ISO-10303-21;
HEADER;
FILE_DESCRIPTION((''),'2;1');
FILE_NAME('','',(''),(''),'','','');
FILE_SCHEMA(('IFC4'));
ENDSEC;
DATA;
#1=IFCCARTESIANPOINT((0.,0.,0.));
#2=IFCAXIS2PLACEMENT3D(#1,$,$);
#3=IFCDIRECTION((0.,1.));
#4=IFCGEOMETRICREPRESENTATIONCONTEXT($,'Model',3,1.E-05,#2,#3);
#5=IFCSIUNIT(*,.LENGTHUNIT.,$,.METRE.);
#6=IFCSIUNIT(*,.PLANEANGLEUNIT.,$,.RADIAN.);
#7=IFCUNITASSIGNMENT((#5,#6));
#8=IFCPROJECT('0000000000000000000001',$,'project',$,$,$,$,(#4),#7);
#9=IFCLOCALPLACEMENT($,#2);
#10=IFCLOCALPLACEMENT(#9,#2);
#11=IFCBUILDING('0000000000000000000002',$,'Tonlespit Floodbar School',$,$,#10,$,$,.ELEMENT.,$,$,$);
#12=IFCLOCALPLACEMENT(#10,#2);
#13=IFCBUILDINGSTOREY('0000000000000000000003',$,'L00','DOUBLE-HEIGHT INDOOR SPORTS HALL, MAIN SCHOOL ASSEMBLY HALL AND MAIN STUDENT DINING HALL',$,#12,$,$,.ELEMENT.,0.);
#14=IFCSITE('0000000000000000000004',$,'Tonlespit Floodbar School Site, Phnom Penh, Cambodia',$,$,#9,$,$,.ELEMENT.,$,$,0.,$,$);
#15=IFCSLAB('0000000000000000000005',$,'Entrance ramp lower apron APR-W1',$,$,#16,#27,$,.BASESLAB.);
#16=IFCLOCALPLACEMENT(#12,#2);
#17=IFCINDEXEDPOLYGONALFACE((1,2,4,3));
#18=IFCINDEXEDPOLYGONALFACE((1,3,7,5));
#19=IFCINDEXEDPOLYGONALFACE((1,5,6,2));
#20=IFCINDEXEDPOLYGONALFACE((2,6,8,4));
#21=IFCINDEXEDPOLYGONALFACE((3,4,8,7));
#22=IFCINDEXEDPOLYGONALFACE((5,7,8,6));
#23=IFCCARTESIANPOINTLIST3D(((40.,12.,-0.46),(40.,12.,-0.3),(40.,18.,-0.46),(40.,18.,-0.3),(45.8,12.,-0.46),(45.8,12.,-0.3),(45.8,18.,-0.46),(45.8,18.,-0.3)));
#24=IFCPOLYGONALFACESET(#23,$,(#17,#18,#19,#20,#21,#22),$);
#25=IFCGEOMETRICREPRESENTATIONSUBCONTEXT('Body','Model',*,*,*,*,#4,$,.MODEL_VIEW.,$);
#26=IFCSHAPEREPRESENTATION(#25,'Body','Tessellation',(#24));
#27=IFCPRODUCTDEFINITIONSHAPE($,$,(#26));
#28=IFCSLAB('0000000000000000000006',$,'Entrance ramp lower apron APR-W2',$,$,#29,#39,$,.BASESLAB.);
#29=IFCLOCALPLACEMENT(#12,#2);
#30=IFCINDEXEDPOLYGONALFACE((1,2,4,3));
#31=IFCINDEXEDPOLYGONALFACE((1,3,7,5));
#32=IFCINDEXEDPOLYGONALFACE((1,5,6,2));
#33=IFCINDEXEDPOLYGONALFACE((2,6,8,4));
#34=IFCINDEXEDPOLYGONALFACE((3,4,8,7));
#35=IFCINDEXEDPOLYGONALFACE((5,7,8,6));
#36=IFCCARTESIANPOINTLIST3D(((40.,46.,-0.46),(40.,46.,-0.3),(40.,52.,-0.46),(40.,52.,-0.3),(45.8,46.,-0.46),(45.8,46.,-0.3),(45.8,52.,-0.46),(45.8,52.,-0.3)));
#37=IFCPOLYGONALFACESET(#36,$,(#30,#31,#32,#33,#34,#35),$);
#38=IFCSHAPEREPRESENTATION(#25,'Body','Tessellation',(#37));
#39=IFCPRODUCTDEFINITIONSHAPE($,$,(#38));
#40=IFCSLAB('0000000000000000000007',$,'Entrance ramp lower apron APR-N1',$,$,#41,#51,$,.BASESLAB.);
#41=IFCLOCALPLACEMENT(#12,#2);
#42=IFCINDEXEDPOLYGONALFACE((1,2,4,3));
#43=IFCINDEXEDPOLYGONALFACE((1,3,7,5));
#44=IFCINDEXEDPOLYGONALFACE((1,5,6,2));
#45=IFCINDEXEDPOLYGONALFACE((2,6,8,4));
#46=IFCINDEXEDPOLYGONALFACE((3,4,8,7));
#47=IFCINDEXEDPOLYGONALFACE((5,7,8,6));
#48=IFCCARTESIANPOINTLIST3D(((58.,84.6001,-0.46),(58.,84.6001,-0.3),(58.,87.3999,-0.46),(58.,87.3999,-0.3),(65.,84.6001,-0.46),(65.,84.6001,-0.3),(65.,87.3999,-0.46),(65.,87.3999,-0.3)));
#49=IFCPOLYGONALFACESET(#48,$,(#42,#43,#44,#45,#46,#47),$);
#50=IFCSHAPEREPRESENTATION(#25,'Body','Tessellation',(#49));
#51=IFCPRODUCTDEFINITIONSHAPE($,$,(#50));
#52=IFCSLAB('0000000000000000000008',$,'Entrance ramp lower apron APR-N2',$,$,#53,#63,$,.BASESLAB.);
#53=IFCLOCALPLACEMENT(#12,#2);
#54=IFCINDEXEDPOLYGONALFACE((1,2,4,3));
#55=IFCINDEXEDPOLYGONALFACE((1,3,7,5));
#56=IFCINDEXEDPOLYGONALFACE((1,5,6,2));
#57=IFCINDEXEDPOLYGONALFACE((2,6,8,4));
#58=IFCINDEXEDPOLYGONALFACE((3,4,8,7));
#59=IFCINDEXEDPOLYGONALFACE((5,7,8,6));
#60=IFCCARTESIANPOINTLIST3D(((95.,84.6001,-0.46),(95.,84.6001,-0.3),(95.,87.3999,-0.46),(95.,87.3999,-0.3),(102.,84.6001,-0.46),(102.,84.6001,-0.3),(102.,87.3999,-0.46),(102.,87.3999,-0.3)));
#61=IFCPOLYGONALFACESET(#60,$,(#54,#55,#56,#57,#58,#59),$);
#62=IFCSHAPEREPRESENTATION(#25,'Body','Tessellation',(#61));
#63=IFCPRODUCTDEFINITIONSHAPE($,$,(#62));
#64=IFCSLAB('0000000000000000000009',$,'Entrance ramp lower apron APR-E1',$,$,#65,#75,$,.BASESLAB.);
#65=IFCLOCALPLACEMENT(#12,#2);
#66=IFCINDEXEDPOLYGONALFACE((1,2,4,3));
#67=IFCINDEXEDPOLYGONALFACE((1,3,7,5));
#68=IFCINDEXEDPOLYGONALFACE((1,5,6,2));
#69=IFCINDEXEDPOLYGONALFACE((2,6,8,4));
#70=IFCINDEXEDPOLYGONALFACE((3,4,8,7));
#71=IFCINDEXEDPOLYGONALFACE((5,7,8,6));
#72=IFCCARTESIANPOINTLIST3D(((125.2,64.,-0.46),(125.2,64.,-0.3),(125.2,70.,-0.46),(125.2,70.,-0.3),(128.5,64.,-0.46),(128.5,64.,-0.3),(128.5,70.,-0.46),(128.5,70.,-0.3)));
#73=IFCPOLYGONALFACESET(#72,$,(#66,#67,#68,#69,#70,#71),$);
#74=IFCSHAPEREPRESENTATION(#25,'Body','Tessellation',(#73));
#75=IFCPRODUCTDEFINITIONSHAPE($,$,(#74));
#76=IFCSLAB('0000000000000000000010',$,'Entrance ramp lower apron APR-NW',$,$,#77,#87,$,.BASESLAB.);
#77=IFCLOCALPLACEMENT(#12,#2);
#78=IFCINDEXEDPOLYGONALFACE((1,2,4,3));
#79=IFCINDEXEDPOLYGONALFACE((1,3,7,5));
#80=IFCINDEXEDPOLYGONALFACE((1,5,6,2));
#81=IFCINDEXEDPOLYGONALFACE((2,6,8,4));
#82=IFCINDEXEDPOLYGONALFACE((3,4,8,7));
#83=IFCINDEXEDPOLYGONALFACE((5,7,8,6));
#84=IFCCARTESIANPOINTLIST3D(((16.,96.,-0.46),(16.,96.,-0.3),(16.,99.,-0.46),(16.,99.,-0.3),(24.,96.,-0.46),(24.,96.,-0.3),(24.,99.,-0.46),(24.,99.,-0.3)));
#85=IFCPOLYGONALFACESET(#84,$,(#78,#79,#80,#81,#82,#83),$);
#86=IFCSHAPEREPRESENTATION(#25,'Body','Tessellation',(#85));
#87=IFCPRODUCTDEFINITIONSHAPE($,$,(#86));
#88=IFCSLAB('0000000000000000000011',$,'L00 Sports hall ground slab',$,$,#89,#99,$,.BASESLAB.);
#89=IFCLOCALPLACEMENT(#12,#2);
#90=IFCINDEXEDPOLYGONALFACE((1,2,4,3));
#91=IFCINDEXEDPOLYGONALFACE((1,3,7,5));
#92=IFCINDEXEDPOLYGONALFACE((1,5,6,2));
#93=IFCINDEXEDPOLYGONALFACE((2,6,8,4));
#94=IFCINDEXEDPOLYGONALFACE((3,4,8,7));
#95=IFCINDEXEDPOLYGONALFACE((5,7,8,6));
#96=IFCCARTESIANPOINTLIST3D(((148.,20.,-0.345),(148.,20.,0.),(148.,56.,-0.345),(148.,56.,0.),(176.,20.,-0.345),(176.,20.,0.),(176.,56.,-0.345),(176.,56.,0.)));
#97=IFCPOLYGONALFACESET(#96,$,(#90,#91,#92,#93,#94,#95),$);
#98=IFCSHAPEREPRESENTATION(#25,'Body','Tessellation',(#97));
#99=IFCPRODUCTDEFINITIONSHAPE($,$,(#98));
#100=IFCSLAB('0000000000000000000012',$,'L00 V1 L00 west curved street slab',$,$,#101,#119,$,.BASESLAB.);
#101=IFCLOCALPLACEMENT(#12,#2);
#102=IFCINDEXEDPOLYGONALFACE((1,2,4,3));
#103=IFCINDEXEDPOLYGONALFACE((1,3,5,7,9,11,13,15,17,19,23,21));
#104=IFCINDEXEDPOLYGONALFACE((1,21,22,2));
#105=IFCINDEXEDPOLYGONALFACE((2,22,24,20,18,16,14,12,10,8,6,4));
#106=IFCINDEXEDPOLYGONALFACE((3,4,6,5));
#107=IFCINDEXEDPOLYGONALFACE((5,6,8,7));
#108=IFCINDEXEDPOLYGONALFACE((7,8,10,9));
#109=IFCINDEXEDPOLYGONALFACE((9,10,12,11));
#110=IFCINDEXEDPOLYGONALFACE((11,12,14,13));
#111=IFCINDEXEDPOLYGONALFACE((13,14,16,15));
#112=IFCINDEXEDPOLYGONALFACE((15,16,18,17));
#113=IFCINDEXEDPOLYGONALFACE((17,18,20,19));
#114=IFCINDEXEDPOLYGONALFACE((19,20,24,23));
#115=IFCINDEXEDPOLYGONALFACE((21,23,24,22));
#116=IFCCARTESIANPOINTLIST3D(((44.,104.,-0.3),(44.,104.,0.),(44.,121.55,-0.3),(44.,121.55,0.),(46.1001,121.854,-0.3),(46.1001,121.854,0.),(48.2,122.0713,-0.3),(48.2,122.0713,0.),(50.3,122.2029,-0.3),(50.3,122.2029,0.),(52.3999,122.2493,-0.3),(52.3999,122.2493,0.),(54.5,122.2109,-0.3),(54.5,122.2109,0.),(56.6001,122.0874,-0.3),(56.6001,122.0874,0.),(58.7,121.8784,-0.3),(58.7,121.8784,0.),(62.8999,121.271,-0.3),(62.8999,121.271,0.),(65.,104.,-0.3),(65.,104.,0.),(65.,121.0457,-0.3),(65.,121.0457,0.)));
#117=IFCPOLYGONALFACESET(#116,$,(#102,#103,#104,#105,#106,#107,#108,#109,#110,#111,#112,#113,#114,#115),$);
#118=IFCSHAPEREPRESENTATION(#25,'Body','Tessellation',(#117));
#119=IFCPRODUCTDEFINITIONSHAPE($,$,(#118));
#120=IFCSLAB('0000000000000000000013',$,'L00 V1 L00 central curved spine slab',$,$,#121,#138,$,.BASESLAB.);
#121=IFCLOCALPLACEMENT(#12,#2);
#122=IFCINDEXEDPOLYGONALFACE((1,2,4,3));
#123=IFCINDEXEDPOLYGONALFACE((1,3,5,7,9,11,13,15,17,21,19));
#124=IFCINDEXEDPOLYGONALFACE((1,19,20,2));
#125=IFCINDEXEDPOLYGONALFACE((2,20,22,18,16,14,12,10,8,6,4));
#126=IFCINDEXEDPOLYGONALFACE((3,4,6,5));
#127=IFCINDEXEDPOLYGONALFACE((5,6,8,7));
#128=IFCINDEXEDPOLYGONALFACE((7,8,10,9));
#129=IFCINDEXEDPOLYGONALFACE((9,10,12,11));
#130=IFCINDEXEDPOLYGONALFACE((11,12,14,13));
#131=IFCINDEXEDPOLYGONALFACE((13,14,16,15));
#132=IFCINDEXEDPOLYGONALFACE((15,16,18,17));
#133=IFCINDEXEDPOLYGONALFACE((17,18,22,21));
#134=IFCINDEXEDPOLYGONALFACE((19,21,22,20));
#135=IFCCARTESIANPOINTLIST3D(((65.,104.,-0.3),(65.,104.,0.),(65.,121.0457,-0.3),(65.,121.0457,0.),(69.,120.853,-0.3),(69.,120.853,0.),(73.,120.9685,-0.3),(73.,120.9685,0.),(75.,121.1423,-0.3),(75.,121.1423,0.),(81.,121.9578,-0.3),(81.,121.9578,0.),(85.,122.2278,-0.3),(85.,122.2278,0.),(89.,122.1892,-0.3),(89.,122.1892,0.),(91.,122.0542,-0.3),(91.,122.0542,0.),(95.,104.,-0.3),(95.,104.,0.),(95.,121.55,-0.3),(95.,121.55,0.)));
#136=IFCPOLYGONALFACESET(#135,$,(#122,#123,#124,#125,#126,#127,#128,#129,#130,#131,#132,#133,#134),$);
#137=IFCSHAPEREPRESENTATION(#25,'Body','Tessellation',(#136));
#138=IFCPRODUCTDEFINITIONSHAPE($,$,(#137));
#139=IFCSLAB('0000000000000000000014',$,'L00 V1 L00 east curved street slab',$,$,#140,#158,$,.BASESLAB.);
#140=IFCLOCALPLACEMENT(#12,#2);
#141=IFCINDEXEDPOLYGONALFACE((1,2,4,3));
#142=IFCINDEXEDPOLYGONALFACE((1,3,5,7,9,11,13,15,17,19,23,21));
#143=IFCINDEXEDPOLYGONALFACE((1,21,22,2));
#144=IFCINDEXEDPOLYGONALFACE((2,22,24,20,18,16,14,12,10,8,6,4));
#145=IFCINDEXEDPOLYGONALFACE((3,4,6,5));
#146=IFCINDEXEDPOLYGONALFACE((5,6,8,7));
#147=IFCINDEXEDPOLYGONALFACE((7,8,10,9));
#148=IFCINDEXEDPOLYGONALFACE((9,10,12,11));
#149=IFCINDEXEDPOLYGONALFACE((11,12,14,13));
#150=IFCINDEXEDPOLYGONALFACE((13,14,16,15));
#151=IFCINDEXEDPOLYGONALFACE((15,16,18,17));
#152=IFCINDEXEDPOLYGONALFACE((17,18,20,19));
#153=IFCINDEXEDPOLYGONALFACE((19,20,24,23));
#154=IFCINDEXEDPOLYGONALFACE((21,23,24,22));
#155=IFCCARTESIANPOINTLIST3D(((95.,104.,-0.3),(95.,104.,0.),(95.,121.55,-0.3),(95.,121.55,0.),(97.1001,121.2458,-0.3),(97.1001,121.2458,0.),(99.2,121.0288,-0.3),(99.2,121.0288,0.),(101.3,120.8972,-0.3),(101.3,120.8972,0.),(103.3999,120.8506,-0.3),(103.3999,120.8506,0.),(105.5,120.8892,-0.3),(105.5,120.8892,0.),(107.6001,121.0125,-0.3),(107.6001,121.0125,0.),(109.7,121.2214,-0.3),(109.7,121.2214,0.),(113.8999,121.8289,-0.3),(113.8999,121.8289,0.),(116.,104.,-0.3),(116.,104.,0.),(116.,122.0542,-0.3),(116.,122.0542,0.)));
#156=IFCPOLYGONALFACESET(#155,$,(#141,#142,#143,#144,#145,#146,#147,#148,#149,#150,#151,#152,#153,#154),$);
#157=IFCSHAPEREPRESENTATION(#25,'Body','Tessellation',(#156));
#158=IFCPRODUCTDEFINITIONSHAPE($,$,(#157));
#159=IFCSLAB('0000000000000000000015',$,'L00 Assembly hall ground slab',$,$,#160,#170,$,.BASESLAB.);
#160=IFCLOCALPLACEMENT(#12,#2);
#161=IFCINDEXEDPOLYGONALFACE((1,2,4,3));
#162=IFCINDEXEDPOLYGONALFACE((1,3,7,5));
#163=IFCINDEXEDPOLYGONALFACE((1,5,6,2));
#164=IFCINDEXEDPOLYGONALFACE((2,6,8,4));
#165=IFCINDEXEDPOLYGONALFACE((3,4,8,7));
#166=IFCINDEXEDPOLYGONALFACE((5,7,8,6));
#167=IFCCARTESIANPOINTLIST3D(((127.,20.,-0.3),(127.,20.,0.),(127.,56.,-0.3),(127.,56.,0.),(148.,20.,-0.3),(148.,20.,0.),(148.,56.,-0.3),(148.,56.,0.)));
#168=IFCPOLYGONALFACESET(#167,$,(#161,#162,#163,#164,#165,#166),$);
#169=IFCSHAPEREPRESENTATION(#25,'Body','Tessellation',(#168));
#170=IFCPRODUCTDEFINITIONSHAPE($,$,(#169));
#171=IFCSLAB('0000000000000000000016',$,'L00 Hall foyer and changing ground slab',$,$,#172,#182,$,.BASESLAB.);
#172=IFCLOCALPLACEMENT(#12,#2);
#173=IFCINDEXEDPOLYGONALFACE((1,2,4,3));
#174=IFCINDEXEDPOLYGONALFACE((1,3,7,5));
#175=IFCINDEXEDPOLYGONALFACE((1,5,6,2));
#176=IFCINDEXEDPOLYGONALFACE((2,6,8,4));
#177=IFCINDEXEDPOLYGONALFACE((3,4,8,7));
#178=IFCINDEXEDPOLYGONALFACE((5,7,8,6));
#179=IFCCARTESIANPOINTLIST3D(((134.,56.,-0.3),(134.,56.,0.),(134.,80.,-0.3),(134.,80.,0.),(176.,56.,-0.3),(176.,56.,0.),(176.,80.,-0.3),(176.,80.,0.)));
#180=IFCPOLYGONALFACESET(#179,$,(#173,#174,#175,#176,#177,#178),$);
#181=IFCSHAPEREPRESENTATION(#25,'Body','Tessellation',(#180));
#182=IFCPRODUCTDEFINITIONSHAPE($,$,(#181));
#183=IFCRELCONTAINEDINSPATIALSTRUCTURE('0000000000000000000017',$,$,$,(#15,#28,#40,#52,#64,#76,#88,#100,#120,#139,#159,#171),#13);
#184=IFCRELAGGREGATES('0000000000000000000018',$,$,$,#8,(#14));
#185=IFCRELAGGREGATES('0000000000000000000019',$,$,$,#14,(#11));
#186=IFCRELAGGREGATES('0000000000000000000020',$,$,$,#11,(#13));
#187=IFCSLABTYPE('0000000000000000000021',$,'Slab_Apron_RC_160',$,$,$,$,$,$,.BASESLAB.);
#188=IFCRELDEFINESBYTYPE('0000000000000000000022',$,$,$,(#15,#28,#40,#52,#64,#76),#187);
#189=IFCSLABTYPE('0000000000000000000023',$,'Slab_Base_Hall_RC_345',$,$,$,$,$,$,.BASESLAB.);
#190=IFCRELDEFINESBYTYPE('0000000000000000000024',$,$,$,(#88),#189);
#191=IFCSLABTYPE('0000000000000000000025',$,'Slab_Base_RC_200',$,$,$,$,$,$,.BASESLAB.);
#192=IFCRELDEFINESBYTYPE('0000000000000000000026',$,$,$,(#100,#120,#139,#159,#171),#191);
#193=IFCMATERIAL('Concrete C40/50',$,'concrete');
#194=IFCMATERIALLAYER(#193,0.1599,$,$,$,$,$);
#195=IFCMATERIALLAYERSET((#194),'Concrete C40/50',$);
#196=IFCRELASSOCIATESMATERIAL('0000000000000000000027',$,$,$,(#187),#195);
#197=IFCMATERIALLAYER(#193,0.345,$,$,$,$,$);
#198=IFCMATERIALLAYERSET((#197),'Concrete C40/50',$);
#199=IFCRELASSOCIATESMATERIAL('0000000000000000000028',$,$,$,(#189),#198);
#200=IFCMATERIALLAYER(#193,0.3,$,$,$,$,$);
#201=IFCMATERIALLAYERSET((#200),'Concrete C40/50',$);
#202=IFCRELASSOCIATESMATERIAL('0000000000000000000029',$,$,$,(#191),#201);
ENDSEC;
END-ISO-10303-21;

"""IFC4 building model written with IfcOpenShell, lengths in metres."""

from ifc_helpers import new_model, si_unit, direction, frame, origin, place, context, subcontext, project, spatial, polyline, outline, extrude, material, layer, layer_set, type_object, element, save


model = new_model("IFC4")

# Units and contexts
model_context = context("Model", 3, precision=1e-05, world=origin(), true_north=direction((0.0, 1.0)))
body_context = subcontext(model_context, "Body", "Model", "MODEL_VIEW")
ifc_project = project(units=[si_unit("LENGTHUNIT", "METRE"), si_unit("PLANEANGLEUNIT", "RADIAN")], contexts=[model_context])

# Site, building, storey
site_placement = place(None, origin())
site = spatial("IfcSite", under=ifc_project, at=site_placement, Name="Tonlespit Floodbar School Site, Phnom Penh, Cambodia", CompositionType="ELEMENT", RefElevation=0.0)
building_placement = place(site_placement, origin())
building = spatial("IfcBuilding", under=site, at=building_placement, Name="Tonlespit Floodbar School", CompositionType="ELEMENT")
storey_placement = place(building_placement, origin())
storey = spatial("IfcBuildingStorey", under=building, at=storey_placement, Name="L00", Description="DOUBLE-HEIGHT INDOOR SPORTS HALL, MAIN SCHOOL ASSEMBLY HALL AND MAIN STUDENT DINING HALL", CompositionType="ELEMENT", Elevation=0.0)

# Slabs
ifc_material_1 = material(Name="Concrete C40/50", Category="concrete")
ifc_layer_1 = layer(ifc_material_1, 0.1599)
ifc_layer_set_1 = layer_set([ifc_layer_1], Name="Concrete C40/50")
slab_type_1 = type_object("IfcSlabType", Name="Slab_Apron_RC_160", PredefinedType="BASESLAB", material=ifc_layer_set_1)
slab_1_placement = place(storey_placement, frame((0.0, 0.0, -0.46)))
element("IfcSlab", 1, at=slab_1_placement, inside=storey, type_object=slab_type_1, Name="Entrance ramp lower apron APR-W1", PredefinedType="BASESLAB", context=body_context, shape_type="SweptSolid", body=[
    extrude(outline(polyline([(40.0, 12.0), (45.8, 12.0), (45.8, 18.0), (40.0, 18.0), (40.0, 12.0)])), origin(), (0.0, 0.0, 1.0), 0.1599),
])
slab_2_placement = place(storey_placement, frame((0.0, 0.0, -0.46)))
element("IfcSlab", 2, at=slab_2_placement, inside=storey, type_object=slab_type_1, Name="Entrance ramp lower apron APR-W2", PredefinedType="BASESLAB", context=body_context, shape_type="SweptSolid", body=[
    extrude(outline(polyline([(40.0, 46.0), (45.8, 46.0), (45.8, 52.0), (40.0, 52.0), (40.0, 46.0)])), origin(), (0.0, 0.0, 1.0), 0.1599),
])
slab_3_placement = place(storey_placement, frame((0.0, 0.0, -0.46)))
element("IfcSlab", 3, at=slab_3_placement, inside=storey, type_object=slab_type_1, Name="Entrance ramp lower apron APR-N1", PredefinedType="BASESLAB", context=body_context, shape_type="SweptSolid", body=[
    extrude(outline(polyline([(58.0, 84.6001), (65.0, 84.6001), (65.0, 87.3999), (58.0, 87.3999), (58.0, 84.6001)])), origin(), (0.0, 0.0, 1.0), 0.1599),
])
slab_4_placement = place(storey_placement, frame((0.0, 0.0, -0.46)))
element("IfcSlab", 4, at=slab_4_placement, inside=storey, type_object=slab_type_1, Name="Entrance ramp lower apron APR-N2", PredefinedType="BASESLAB", context=body_context, shape_type="SweptSolid", body=[
    extrude(outline(polyline([(95.0, 84.6001), (102.0, 84.6001), (102.0, 87.3999), (95.0, 87.3999), (95.0, 84.6001)])), origin(), (0.0, 0.0, 1.0), 0.1599),
])
slab_5_placement = place(storey_placement, frame((0.0, 0.0, -0.46)))
element("IfcSlab", 5, at=slab_5_placement, inside=storey, type_object=slab_type_1, Name="Entrance ramp lower apron APR-E1", PredefinedType="BASESLAB", context=body_context, shape_type="SweptSolid", body=[
    extrude(outline(polyline([(125.2, 64.0), (128.5, 64.0), (128.5, 70.0), (125.2, 70.0), (125.2, 64.0)])), origin(), (0.0, 0.0, 1.0), 0.1599),
])
slab_6_placement = place(storey_placement, frame((0.0, 0.0, -0.46)))
element("IfcSlab", 6, at=slab_6_placement, inside=storey, type_object=slab_type_1, Name="Entrance ramp lower apron APR-NW", PredefinedType="BASESLAB", context=body_context, shape_type="SweptSolid", body=[
    extrude(outline(polyline([(16.0, 96.0), (24.0, 96.0), (24.0, 99.0), (16.0, 99.0), (16.0, 96.0)])), origin(), (0.0, 0.0, 1.0), 0.1599),
])
ifc_layer_2 = layer(ifc_material_1, 0.345)
ifc_layer_set_2 = layer_set([ifc_layer_2], Name="Concrete C40/50")
slab_type_2 = type_object("IfcSlabType", Name="Slab_Base_Hall_RC_345", PredefinedType="BASESLAB", material=ifc_layer_set_2)
slab_7_placement = place(storey_placement, frame((0.0, 0.0, -0.345)))
element("IfcSlab", 7, at=slab_7_placement, inside=storey, type_object=slab_type_2, Name="L00 Sports hall ground slab", PredefinedType="BASESLAB", context=body_context, shape_type="SweptSolid", body=[
    extrude(outline(polyline([(148.0, 56.0), (176.0, 56.0), (176.0, 20.0), (148.0, 20.0), (148.0, 56.0)])), origin(), (0.0, 0.0, 1.0), 0.345),
])
ifc_layer_3 = layer(ifc_material_1, 0.3)
ifc_layer_set_3 = layer_set([ifc_layer_3], Name="Concrete C40/50")
slab_type_3 = type_object("IfcSlabType", Name="Slab_Base_RC_200", PredefinedType="BASESLAB", material=ifc_layer_set_3)
slab_8_placement = place(storey_placement, frame((0.0, 0.0, -0.3)))
element("IfcSlab", 8, at=slab_8_placement, inside=storey, type_object=slab_type_3, Name="L00 V1 L00 west curved street slab", PredefinedType="BASESLAB", context=body_context, shape_type="SweptSolid", body=[
    extrude(outline(polyline([(44.0, 121.55), (46.1001, 121.854), (48.2, 122.0713), (50.3, 122.2029), (52.3999, 122.2493), (54.5, 122.2109), (56.6001, 122.0874), (58.7, 121.8784), (62.8999, 121.271), (65.0, 121.0457), (65.0, 104.0), (44.0, 104.0), (44.0, 121.55)])), origin(), (0.0, 0.0, 1.0), 0.3),
])
slab_9_placement = place(storey_placement, frame((0.0, 0.0, -0.3)))
element("IfcSlab", 9, at=slab_9_placement, inside=storey, type_object=slab_type_3, Name="L00 V1 L00 central curved spine slab", PredefinedType="BASESLAB", context=body_context, shape_type="SweptSolid", body=[
    extrude(outline(polyline([(65.0, 121.0457), (69.0, 120.853), (73.0, 120.9685), (75.0, 121.1423), (81.0, 121.9578), (85.0, 122.2278), (89.0, 122.1892), (91.0, 122.0542), (95.0, 121.55), (95.0, 104.0), (65.0, 104.0), (65.0, 121.0457)])), origin(), (0.0, 0.0, 1.0), 0.3),
])
slab_10_placement = place(storey_placement, frame((0.0, 0.0, -0.3)))
element("IfcSlab", 10, at=slab_10_placement, inside=storey, type_object=slab_type_3, Name="L00 V1 L00 east curved street slab", PredefinedType="BASESLAB", context=body_context, shape_type="SweptSolid", body=[
    extrude(outline(polyline([(95.0, 121.55), (97.1001, 121.2458), (99.2, 121.0288), (101.3, 120.8972), (103.3999, 120.8506), (105.5, 120.8892), (107.6001, 121.0125), (109.7, 121.2214), (113.8999, 121.8289), (116.0, 122.0542), (116.0, 104.0), (95.0, 104.0), (95.0, 121.55)])), origin(), (0.0, 0.0, 1.0), 0.3),
])
slab_11_placement = place(storey_placement, frame((0.0, 0.0, -0.3)))
element("IfcSlab", 11, at=slab_11_placement, inside=storey, type_object=slab_type_3, Name="L00 Assembly hall ground slab", PredefinedType="BASESLAB", context=body_context, shape_type="SweptSolid", body=[
    extrude(outline(polyline([(127.0, 56.0), (148.0, 56.0), (148.0, 20.0), (127.0, 20.0), (127.0, 56.0)])), origin(), (0.0, 0.0, 1.0), 0.3),
])
slab_12_placement = place(storey_placement, frame((0.0, 0.0, -0.3)))
element("IfcSlab", 12, at=slab_12_placement, inside=storey, type_object=slab_type_3, Name="L00 Hall foyer and changing ground slab", PredefinedType="BASESLAB", context=body_context, shape_type="SweptSolid", body=[
    extrude(outline(polyline([(134.0, 80.0), (176.0, 80.0), (176.0, 56.0), (134.0, 56.0), (134.0, 80.0)])), origin(), (0.0, 0.0, 1.0), 0.3),
])

save(model, "model.ifc")
